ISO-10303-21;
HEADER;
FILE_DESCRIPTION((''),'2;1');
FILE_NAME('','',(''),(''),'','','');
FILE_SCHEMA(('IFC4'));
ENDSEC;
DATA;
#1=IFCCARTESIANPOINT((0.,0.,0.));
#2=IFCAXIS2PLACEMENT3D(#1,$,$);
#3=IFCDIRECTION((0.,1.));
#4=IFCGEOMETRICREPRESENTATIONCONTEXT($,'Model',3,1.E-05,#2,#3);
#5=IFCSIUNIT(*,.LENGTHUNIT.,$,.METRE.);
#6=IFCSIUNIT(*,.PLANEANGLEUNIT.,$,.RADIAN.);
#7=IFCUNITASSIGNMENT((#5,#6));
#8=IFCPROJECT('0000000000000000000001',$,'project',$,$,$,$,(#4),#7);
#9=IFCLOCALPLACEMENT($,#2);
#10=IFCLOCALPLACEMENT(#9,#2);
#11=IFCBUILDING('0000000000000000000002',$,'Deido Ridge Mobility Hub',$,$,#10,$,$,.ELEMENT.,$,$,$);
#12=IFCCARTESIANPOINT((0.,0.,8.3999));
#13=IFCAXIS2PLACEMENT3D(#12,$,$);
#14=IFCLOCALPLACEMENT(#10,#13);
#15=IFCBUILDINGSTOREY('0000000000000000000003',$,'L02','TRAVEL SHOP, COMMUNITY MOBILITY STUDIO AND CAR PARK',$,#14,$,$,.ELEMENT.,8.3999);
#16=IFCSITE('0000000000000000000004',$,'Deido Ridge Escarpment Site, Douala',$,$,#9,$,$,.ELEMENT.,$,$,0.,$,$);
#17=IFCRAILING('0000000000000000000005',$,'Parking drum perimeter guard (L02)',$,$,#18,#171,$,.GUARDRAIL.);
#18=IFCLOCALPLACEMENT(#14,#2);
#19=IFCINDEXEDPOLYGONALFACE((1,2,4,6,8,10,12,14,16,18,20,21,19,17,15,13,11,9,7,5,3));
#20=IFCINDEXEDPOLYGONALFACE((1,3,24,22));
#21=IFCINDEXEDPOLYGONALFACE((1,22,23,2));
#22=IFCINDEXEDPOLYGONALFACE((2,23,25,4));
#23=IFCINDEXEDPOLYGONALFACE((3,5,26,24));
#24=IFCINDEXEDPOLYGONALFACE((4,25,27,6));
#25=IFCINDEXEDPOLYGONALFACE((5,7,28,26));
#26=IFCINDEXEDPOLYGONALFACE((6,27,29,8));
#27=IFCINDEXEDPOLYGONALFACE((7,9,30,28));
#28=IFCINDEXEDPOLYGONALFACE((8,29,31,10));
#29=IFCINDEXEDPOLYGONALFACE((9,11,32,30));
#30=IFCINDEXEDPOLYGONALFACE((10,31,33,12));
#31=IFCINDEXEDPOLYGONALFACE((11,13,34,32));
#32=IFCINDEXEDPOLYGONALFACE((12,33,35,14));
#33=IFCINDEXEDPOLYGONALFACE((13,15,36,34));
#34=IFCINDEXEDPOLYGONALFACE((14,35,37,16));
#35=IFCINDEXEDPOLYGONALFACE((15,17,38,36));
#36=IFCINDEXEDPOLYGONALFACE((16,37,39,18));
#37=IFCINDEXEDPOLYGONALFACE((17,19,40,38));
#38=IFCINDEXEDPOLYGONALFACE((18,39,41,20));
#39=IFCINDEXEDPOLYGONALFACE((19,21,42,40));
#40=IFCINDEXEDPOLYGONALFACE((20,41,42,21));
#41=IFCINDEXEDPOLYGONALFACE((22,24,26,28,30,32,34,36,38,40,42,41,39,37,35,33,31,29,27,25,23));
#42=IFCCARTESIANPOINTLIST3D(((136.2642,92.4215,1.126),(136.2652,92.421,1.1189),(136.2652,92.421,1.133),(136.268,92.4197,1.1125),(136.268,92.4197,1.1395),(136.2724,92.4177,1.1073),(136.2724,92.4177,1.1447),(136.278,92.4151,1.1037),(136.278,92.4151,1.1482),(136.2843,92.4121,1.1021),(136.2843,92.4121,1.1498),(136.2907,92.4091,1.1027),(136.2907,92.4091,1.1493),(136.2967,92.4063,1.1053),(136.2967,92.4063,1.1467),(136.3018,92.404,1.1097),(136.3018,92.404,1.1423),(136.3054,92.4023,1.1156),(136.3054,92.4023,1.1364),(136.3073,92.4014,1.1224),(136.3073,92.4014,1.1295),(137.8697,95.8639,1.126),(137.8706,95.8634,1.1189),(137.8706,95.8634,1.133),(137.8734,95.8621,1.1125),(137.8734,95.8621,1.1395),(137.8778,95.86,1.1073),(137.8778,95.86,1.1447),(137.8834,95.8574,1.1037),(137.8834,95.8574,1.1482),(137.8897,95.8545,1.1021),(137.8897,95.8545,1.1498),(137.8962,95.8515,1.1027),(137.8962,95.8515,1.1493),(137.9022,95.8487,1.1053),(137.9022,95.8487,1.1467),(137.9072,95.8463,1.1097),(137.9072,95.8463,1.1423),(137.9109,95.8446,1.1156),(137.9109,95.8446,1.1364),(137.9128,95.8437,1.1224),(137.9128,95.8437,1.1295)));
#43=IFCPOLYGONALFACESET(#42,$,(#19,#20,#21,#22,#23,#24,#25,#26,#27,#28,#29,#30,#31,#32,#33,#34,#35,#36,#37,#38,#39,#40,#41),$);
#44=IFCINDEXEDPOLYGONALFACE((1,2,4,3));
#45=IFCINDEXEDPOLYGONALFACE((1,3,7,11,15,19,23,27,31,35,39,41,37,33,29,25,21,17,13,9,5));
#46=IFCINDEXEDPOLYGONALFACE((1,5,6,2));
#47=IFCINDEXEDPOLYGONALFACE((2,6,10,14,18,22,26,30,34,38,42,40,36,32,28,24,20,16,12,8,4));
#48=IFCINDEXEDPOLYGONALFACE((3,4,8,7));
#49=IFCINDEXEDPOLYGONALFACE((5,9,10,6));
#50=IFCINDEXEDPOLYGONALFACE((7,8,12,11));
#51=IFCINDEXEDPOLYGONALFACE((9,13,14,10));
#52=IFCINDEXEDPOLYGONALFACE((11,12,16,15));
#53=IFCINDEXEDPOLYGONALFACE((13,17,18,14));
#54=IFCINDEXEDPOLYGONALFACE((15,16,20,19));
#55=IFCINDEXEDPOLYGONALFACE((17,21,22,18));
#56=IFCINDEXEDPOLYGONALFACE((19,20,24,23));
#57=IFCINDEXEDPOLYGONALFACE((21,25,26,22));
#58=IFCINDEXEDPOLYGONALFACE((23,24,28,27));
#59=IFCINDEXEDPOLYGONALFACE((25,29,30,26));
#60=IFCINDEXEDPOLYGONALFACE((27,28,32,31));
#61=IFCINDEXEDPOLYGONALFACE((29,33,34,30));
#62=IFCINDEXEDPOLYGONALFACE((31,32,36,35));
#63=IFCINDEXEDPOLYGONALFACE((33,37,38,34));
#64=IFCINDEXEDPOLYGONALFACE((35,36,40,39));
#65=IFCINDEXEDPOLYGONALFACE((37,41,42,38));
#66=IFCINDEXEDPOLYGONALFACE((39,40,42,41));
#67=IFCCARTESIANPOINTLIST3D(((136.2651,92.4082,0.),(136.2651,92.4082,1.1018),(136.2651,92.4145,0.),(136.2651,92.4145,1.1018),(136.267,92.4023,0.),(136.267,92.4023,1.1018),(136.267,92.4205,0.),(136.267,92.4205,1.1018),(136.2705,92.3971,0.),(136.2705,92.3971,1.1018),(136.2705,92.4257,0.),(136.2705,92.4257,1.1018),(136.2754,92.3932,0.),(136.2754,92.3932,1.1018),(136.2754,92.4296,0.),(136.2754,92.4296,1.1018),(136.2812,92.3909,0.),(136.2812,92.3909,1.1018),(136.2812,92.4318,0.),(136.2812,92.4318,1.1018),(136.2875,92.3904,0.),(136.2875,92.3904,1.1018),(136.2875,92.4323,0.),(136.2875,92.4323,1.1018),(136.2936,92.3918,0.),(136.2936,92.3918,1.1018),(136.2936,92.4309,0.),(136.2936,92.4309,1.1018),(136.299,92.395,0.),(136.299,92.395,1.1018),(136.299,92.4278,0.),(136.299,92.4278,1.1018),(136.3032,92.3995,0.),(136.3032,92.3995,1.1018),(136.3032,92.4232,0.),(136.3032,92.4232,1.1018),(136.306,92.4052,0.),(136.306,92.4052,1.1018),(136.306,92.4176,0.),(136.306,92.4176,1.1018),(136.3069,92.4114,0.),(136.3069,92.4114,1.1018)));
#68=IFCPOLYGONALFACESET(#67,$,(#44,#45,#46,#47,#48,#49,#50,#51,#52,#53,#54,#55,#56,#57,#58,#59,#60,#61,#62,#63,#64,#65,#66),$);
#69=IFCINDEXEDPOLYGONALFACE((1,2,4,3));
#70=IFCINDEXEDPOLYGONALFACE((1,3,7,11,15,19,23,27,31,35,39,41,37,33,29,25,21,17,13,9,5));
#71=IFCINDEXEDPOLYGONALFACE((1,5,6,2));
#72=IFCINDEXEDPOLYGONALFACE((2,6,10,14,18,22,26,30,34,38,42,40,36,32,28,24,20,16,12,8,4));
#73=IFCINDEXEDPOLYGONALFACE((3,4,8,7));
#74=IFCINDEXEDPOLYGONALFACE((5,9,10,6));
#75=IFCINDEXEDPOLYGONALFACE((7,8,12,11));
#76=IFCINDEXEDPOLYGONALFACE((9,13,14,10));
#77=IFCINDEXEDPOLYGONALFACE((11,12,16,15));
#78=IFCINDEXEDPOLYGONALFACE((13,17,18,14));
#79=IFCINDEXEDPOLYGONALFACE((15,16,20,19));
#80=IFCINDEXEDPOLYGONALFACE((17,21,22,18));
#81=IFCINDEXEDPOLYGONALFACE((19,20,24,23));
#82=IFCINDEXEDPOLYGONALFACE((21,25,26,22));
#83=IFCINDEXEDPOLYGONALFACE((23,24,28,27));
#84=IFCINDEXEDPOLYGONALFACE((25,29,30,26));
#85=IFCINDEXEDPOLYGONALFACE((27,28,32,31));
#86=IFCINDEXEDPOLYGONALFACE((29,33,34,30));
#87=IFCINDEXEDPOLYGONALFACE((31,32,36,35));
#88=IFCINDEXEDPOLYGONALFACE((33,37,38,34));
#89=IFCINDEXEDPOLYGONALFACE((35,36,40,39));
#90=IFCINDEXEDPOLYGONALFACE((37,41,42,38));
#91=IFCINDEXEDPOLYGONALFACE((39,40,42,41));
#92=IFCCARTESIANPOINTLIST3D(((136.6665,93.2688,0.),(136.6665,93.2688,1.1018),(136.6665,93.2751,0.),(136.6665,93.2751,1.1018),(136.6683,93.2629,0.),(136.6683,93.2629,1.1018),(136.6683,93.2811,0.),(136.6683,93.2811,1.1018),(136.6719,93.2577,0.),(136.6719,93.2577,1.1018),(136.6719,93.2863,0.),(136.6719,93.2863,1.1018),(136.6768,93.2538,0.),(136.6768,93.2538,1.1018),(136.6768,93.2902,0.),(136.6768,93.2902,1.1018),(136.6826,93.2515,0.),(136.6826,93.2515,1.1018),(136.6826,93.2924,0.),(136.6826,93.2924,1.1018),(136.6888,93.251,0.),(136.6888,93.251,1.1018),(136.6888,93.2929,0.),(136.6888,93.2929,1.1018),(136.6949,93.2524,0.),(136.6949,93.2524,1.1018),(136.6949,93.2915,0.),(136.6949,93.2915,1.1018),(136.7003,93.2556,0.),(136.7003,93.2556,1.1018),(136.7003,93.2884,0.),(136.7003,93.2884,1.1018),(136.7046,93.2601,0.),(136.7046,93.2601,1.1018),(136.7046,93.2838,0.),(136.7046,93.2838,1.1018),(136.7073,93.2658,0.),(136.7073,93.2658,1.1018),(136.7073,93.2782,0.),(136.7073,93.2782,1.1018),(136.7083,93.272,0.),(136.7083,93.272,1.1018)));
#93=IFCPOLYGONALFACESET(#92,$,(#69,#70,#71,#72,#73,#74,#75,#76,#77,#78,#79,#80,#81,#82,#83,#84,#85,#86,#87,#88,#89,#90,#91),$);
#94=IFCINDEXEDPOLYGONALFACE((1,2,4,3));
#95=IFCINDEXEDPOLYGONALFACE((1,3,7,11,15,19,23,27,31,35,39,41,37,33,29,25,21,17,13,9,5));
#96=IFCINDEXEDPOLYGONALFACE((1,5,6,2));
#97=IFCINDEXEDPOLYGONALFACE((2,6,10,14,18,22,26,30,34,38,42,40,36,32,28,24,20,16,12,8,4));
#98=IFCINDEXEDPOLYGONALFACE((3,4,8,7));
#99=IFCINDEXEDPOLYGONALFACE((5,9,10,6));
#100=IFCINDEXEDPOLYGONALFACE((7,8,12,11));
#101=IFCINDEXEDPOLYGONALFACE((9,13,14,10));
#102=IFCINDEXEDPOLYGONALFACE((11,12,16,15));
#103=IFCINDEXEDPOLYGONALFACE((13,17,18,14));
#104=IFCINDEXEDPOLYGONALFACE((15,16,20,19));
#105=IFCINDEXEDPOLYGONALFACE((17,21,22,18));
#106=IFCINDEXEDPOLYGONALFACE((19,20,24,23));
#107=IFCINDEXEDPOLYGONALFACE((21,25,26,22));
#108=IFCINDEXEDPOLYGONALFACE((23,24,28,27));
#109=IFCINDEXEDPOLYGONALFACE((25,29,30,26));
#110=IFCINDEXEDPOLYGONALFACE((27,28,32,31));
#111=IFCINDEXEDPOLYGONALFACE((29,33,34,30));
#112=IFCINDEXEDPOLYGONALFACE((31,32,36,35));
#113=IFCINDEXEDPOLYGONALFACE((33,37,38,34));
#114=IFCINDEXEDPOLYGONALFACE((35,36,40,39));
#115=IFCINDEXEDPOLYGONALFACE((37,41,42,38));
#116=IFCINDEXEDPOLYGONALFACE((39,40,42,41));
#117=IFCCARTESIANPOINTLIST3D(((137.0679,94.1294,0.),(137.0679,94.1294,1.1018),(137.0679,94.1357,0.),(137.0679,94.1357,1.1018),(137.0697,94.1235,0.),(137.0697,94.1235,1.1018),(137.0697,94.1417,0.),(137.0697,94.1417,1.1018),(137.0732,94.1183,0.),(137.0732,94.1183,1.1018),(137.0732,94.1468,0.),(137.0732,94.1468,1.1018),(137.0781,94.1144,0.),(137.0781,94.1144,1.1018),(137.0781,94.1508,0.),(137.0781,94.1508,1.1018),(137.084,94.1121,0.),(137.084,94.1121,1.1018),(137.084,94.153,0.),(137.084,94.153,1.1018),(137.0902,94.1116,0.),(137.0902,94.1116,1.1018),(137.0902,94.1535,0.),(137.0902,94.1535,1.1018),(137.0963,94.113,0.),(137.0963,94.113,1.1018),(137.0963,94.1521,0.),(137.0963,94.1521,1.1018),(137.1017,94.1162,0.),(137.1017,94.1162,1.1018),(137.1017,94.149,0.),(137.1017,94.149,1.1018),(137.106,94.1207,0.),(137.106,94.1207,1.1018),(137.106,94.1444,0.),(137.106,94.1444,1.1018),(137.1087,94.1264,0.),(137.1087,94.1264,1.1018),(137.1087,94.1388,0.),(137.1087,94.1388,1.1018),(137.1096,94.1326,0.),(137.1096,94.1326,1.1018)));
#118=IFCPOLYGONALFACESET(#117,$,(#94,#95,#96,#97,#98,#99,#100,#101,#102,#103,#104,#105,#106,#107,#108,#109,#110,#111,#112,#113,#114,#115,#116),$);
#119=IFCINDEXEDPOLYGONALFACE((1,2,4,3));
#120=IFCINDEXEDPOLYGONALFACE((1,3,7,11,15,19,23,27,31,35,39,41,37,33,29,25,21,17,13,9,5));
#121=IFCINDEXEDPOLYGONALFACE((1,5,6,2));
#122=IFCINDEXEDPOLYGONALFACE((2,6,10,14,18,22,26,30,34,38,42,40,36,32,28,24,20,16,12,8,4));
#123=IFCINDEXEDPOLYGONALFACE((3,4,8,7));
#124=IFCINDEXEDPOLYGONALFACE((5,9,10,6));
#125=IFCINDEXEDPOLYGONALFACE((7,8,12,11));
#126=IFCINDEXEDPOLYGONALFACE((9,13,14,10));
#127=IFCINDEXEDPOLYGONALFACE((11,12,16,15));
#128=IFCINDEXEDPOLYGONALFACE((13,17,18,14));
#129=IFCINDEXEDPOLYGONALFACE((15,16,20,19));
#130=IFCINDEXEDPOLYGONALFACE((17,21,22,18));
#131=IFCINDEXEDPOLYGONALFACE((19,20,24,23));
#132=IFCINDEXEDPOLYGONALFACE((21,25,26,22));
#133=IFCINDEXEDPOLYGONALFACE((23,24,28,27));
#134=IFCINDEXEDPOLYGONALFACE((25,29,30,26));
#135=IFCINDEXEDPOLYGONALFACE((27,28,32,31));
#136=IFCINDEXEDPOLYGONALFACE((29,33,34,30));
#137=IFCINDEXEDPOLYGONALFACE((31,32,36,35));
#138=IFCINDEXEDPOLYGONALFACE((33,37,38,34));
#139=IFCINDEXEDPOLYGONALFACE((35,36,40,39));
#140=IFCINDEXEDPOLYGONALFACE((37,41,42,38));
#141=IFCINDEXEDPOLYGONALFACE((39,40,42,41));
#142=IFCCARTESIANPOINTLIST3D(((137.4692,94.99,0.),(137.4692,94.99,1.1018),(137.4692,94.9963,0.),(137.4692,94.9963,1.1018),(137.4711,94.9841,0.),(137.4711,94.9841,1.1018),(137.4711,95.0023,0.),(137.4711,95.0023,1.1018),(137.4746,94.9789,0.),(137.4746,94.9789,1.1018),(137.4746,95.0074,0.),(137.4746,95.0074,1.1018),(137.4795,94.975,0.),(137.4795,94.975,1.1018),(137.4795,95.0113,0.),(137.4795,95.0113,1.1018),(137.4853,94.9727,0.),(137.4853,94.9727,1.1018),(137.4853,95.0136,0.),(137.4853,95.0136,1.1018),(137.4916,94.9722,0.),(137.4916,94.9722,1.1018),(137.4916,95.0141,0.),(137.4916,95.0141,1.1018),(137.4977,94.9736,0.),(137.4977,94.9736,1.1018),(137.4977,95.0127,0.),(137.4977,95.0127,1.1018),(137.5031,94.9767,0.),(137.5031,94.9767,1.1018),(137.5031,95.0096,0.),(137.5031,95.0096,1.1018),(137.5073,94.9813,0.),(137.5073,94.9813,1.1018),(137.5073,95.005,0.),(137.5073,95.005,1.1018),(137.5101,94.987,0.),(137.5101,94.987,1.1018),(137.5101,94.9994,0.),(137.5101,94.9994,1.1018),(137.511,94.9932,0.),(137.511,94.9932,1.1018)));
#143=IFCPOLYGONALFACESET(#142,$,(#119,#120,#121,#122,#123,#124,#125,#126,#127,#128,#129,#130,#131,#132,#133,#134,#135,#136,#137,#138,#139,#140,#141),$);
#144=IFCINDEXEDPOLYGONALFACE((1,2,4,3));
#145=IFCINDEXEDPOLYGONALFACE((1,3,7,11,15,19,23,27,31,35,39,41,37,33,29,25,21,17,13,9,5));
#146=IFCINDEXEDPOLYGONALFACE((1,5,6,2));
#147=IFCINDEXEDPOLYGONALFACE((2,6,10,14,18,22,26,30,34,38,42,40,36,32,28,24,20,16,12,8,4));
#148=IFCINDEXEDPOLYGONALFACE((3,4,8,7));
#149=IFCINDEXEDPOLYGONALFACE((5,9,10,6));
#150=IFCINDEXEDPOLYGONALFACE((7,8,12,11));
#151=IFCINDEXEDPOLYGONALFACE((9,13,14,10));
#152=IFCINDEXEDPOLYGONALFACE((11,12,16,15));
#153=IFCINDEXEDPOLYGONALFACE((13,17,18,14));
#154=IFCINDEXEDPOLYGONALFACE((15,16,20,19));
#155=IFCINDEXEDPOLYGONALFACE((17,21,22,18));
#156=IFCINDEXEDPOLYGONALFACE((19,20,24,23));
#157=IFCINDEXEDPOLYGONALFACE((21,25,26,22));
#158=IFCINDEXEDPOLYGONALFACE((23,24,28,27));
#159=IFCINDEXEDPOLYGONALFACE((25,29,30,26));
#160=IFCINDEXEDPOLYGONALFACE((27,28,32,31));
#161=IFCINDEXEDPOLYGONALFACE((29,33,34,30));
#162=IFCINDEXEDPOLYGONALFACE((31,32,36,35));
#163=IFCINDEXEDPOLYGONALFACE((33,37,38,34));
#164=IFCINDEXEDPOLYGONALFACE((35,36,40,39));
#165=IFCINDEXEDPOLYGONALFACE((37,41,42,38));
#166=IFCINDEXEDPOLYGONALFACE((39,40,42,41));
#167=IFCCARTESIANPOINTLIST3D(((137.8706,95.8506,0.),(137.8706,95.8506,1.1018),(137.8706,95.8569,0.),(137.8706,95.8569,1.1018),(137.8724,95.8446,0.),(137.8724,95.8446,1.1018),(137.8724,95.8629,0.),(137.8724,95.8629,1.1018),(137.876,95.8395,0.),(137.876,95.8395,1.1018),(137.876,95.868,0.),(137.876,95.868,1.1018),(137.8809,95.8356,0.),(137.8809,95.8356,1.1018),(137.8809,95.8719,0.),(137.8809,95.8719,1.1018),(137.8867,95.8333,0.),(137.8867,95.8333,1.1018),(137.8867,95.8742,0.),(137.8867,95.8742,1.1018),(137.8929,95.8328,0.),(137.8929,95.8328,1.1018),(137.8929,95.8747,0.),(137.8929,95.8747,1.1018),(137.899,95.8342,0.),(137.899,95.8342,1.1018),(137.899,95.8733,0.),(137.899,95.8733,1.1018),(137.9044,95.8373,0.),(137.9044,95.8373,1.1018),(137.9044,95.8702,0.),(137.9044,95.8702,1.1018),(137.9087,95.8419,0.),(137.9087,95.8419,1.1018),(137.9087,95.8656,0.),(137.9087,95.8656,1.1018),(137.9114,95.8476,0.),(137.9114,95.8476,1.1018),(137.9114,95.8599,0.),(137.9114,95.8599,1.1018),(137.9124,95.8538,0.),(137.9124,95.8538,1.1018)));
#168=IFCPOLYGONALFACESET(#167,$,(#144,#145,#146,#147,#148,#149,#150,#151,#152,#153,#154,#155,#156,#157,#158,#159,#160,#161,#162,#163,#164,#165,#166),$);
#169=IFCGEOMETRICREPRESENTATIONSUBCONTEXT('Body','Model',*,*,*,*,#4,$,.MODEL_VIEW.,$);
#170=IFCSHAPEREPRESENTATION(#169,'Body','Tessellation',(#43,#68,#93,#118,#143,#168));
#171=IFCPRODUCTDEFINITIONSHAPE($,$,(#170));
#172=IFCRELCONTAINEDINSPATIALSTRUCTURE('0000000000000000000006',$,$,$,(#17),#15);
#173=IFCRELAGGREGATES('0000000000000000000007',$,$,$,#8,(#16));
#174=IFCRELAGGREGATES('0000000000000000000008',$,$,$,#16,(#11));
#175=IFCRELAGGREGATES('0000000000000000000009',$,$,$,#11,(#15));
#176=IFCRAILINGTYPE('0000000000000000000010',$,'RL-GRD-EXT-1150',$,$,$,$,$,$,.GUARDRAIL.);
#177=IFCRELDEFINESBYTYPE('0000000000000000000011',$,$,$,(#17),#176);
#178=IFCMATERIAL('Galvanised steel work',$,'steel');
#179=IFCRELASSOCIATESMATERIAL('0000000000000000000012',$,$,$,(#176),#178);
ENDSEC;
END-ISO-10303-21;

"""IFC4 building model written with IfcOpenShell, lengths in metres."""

from ifc_helpers import new_model, si_unit, direction, frame, origin, origin_2d, place, context, subcontext, project, spatial, circle, extrude, material, type_object, element, save


model = new_model("IFC4")

# Units and contexts
model_context = context("Model", 3, precision=1e-05, world=origin(), true_north=direction((0.0, 1.0)))
body_context = subcontext(model_context, "Body", "Model", "MODEL_VIEW")
ifc_project = project(units=[si_unit("LENGTHUNIT", "METRE"), si_unit("PLANEANGLEUNIT", "RADIAN")], contexts=[model_context])

# Site, building, storey
site_placement = place(None, origin())
site = spatial("IfcSite", under=ifc_project, at=site_placement, Name="Deido Ridge Escarpment Site, Douala", CompositionType="ELEMENT", RefElevation=0.0)
building_placement = place(site_placement, origin())
building = spatial("IfcBuilding", under=site, at=building_placement, Name="Deido Ridge Mobility Hub", CompositionType="ELEMENT")
storey_placement = place(building_placement, frame((0.0, 0.0, 8.3999)))
storey = spatial("IfcBuildingStorey", under=building, at=storey_placement, Name="L02", Description="TRAVEL SHOP, COMMUNITY MOBILITY STUDIO AND CAR PARK", CompositionType="ELEMENT", Elevation=8.3999)

# Railing
ifc_material_1 = material(Name="Galvanised steel work", Category="steel")
railing_type = type_object("IfcRailingType", Name="RL-GRD-EXT-1150", PredefinedType="GUARDRAIL", material=ifc_material_1)
railing_1_placement = place(storey_placement, frame((136.2859, 92.4114, 0.0)))
element("IfcRailing", 1, at=railing_1_placement, inside=storey, type_object=railing_type, Name="Parking drum perimeter guard (L02)", PredefinedType="GUARDRAIL", context=body_context, shape_type="SweptSolid", body=[
    extrude(circle(Radius=0.0239, at=origin_2d()), frame((0.0, 0.0, 1.126), z_axis=(0.422674, 0.906282, 0.0), x_axis=(-0.906282, 0.422674, 0.0)), (0.0, 0.0, 1.0), 3.7983),
    extrude(circle(Radius=0.021, at=origin_2d()), origin(), (0.0, 0.0, 1.0), 1.1018),
    extrude(circle(Radius=0.021, at=origin_2d()), frame((0.4014, 0.8606, 0.0)), (0.0, 0.0, 1.0), 1.1018),
    extrude(circle(Radius=0.021, at=origin_2d()), frame((0.8027, 1.7212, 0.0)), (0.0, 0.0, 1.0), 1.1018),
    extrude(circle(Radius=0.021, at=origin_2d()), frame((1.2041, 2.5818, 0.0)), (0.0, 0.0, 1.0), 1.1018),
    extrude(circle(Radius=0.021, at=origin_2d()), frame((1.6055, 3.4424, 0.0)), (0.0, 0.0, 1.0), 1.1018),
])

save(model, "model.ifc")
